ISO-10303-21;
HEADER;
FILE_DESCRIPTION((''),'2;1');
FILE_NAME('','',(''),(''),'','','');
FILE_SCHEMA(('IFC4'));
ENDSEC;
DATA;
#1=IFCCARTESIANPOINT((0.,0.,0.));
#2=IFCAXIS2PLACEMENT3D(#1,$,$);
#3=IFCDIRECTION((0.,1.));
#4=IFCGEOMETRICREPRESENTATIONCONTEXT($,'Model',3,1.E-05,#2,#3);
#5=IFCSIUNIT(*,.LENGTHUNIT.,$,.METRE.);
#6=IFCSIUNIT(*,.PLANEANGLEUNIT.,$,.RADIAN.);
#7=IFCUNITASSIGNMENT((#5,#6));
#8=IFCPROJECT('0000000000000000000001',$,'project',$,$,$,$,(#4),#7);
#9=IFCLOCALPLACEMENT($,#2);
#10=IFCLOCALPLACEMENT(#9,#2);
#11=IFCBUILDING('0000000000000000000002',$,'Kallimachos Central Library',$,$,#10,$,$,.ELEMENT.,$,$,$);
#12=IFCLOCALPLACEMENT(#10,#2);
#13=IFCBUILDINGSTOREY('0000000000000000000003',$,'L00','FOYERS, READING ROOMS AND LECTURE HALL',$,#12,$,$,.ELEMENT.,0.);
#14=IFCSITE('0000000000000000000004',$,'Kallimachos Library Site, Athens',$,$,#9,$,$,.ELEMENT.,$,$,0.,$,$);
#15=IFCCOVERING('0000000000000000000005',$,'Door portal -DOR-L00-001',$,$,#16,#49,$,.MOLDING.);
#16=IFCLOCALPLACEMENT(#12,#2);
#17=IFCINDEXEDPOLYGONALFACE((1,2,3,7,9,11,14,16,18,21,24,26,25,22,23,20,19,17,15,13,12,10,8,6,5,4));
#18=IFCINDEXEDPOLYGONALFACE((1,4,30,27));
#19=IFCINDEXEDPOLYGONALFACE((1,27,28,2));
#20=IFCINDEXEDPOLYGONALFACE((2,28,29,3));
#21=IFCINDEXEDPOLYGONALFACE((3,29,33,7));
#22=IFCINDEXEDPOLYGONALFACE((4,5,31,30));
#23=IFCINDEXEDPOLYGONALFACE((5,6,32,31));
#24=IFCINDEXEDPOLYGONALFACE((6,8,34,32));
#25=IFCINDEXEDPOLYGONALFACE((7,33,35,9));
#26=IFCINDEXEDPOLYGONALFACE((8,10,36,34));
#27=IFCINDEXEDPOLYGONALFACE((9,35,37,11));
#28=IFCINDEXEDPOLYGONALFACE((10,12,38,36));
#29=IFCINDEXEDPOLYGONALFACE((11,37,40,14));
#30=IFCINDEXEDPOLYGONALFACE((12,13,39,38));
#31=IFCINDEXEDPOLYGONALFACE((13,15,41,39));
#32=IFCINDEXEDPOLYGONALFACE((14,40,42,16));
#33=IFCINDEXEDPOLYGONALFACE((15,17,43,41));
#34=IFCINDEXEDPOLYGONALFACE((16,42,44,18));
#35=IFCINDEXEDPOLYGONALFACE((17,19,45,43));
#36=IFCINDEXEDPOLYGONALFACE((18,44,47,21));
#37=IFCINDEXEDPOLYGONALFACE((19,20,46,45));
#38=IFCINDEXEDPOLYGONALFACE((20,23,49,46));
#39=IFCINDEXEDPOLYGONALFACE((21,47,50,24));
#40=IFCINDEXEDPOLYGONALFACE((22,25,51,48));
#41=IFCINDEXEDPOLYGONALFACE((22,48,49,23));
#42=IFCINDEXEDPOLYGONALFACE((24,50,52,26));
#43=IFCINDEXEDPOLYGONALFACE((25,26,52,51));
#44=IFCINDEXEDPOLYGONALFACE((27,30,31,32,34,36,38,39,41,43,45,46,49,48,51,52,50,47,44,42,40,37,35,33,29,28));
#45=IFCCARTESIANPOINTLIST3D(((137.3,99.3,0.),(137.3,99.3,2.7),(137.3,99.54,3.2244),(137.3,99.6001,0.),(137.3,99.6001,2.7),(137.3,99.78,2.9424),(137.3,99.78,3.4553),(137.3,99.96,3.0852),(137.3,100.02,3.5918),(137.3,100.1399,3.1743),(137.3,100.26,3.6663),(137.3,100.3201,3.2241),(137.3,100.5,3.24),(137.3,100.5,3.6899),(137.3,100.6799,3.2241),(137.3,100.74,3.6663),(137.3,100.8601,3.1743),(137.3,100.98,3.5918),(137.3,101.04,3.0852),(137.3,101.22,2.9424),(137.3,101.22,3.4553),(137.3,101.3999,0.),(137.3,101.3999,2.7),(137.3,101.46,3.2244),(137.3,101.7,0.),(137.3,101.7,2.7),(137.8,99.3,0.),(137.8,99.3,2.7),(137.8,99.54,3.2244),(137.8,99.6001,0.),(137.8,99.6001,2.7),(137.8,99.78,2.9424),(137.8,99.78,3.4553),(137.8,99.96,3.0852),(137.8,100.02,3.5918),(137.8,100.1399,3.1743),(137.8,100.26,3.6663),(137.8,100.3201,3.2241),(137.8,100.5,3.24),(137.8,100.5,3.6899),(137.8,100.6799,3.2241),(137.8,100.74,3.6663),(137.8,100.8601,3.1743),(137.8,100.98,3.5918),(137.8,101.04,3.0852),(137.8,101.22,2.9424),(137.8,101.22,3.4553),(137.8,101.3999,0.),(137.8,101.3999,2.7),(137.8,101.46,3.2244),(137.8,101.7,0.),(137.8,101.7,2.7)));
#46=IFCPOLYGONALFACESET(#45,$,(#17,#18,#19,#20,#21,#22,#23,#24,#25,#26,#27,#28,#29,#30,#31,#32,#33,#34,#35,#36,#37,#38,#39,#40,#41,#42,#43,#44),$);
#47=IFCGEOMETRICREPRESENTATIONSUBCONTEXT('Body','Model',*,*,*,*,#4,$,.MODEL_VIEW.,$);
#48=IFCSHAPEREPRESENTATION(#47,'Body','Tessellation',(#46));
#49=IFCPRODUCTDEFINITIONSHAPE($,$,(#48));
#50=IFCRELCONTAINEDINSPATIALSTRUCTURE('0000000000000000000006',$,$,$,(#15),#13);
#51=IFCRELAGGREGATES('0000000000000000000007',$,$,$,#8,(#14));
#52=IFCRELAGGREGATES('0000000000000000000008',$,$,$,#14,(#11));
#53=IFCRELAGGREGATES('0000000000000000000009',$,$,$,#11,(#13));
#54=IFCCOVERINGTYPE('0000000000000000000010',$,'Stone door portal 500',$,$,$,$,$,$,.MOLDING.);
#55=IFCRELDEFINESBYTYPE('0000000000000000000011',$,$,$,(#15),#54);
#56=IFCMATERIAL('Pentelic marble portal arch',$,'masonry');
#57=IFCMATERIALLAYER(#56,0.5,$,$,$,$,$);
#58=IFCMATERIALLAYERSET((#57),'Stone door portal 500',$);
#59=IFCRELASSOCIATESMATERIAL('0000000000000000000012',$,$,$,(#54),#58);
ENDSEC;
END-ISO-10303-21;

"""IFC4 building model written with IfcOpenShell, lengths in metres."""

from ifc_helpers import new_model, si_unit, direction, frame, origin, place, context, subcontext, project, spatial, polyline, outline, extrude, material, layer, layer_set, type_object, element, save


model = new_model("IFC4")

# Units and contexts
model_context = context("Model", 3, precision=1e-05, world=origin(), true_north=direction((0.0, 1.0)))
body_context = subcontext(model_context, "Body", "Model", "MODEL_VIEW")
ifc_project = project(units=[si_unit("LENGTHUNIT", "METRE"), si_unit("PLANEANGLEUNIT", "RADIAN")], contexts=[model_context])

# Site, building, storey
site_placement = place(None, origin())
site = spatial("IfcSite", under=ifc_project, at=site_placement, Name="Kallimachos Library Site, Athens", CompositionType="ELEMENT", RefElevation=0.0)
building_placement = place(site_placement, origin())
building = spatial("IfcBuilding", under=site, at=building_placement, Name="Kallimachos Central Library", CompositionType="ELEMENT")
storey_placement = place(building_placement, origin())
storey = spatial("IfcBuildingStorey", under=building, at=storey_placement, Name="L00", Description="FOYERS, READING ROOMS AND LECTURE HALL", CompositionType="ELEMENT", Elevation=0.0)

# Covering
ifc_material_1 = material(Name="Pentelic marble portal arch", Category="masonry")
ifc_layer_1 = layer(ifc_material_1, 0.5)
ifc_layer_set_1 = layer_set([ifc_layer_1], Name="Stone door portal 500")
covering_type_1 = type_object("IfcCoveringType", Name="Stone door portal 500", PredefinedType="MOLDING", material=ifc_layer_set_1)
covering_1_placement = place(storey_placement, frame((137.3, 99.3, 0.0), z_axis=(-1.0, 0.0, 0.0), x_axis=(0.0, 0.0, 1.0)))
element("IfcCovering", 1, at=covering_1_placement, inside=storey, type_object=covering_type_1, Name="Door portal -DOR-L00-001", PredefinedType="MOLDING", context=body_context, shape_type="SweptSolid", body=[
    extrude(outline(polyline([(0.0, 0.0), (2.7, 0.0), (3.2244, 0.24), (3.4553, 0.48), (3.5918, 0.72), (3.6663, 0.96), (3.6899, 1.2), (3.6663, 1.4399), (3.5918, 1.6799), (3.4553, 1.9199), (3.2244, 2.1599), (2.7, 2.3999), (0.0, 2.3999), (0.0, 2.0999), (2.7, 2.0999), (2.9424, 1.9199), (3.0852, 1.74), (3.1743, 1.5601), (3.2241, 1.3799), (3.24, 1.2), (3.2241, 1.02), (3.1743, 0.8398), (3.0852, 0.6599), (2.9424, 0.48), (2.7, 0.3), (0.0, 0.3), (0.0, 0.0)])), origin(), (0.0, 0.0, -1.0), 0.5),
])

save(model, "model.ifc")
